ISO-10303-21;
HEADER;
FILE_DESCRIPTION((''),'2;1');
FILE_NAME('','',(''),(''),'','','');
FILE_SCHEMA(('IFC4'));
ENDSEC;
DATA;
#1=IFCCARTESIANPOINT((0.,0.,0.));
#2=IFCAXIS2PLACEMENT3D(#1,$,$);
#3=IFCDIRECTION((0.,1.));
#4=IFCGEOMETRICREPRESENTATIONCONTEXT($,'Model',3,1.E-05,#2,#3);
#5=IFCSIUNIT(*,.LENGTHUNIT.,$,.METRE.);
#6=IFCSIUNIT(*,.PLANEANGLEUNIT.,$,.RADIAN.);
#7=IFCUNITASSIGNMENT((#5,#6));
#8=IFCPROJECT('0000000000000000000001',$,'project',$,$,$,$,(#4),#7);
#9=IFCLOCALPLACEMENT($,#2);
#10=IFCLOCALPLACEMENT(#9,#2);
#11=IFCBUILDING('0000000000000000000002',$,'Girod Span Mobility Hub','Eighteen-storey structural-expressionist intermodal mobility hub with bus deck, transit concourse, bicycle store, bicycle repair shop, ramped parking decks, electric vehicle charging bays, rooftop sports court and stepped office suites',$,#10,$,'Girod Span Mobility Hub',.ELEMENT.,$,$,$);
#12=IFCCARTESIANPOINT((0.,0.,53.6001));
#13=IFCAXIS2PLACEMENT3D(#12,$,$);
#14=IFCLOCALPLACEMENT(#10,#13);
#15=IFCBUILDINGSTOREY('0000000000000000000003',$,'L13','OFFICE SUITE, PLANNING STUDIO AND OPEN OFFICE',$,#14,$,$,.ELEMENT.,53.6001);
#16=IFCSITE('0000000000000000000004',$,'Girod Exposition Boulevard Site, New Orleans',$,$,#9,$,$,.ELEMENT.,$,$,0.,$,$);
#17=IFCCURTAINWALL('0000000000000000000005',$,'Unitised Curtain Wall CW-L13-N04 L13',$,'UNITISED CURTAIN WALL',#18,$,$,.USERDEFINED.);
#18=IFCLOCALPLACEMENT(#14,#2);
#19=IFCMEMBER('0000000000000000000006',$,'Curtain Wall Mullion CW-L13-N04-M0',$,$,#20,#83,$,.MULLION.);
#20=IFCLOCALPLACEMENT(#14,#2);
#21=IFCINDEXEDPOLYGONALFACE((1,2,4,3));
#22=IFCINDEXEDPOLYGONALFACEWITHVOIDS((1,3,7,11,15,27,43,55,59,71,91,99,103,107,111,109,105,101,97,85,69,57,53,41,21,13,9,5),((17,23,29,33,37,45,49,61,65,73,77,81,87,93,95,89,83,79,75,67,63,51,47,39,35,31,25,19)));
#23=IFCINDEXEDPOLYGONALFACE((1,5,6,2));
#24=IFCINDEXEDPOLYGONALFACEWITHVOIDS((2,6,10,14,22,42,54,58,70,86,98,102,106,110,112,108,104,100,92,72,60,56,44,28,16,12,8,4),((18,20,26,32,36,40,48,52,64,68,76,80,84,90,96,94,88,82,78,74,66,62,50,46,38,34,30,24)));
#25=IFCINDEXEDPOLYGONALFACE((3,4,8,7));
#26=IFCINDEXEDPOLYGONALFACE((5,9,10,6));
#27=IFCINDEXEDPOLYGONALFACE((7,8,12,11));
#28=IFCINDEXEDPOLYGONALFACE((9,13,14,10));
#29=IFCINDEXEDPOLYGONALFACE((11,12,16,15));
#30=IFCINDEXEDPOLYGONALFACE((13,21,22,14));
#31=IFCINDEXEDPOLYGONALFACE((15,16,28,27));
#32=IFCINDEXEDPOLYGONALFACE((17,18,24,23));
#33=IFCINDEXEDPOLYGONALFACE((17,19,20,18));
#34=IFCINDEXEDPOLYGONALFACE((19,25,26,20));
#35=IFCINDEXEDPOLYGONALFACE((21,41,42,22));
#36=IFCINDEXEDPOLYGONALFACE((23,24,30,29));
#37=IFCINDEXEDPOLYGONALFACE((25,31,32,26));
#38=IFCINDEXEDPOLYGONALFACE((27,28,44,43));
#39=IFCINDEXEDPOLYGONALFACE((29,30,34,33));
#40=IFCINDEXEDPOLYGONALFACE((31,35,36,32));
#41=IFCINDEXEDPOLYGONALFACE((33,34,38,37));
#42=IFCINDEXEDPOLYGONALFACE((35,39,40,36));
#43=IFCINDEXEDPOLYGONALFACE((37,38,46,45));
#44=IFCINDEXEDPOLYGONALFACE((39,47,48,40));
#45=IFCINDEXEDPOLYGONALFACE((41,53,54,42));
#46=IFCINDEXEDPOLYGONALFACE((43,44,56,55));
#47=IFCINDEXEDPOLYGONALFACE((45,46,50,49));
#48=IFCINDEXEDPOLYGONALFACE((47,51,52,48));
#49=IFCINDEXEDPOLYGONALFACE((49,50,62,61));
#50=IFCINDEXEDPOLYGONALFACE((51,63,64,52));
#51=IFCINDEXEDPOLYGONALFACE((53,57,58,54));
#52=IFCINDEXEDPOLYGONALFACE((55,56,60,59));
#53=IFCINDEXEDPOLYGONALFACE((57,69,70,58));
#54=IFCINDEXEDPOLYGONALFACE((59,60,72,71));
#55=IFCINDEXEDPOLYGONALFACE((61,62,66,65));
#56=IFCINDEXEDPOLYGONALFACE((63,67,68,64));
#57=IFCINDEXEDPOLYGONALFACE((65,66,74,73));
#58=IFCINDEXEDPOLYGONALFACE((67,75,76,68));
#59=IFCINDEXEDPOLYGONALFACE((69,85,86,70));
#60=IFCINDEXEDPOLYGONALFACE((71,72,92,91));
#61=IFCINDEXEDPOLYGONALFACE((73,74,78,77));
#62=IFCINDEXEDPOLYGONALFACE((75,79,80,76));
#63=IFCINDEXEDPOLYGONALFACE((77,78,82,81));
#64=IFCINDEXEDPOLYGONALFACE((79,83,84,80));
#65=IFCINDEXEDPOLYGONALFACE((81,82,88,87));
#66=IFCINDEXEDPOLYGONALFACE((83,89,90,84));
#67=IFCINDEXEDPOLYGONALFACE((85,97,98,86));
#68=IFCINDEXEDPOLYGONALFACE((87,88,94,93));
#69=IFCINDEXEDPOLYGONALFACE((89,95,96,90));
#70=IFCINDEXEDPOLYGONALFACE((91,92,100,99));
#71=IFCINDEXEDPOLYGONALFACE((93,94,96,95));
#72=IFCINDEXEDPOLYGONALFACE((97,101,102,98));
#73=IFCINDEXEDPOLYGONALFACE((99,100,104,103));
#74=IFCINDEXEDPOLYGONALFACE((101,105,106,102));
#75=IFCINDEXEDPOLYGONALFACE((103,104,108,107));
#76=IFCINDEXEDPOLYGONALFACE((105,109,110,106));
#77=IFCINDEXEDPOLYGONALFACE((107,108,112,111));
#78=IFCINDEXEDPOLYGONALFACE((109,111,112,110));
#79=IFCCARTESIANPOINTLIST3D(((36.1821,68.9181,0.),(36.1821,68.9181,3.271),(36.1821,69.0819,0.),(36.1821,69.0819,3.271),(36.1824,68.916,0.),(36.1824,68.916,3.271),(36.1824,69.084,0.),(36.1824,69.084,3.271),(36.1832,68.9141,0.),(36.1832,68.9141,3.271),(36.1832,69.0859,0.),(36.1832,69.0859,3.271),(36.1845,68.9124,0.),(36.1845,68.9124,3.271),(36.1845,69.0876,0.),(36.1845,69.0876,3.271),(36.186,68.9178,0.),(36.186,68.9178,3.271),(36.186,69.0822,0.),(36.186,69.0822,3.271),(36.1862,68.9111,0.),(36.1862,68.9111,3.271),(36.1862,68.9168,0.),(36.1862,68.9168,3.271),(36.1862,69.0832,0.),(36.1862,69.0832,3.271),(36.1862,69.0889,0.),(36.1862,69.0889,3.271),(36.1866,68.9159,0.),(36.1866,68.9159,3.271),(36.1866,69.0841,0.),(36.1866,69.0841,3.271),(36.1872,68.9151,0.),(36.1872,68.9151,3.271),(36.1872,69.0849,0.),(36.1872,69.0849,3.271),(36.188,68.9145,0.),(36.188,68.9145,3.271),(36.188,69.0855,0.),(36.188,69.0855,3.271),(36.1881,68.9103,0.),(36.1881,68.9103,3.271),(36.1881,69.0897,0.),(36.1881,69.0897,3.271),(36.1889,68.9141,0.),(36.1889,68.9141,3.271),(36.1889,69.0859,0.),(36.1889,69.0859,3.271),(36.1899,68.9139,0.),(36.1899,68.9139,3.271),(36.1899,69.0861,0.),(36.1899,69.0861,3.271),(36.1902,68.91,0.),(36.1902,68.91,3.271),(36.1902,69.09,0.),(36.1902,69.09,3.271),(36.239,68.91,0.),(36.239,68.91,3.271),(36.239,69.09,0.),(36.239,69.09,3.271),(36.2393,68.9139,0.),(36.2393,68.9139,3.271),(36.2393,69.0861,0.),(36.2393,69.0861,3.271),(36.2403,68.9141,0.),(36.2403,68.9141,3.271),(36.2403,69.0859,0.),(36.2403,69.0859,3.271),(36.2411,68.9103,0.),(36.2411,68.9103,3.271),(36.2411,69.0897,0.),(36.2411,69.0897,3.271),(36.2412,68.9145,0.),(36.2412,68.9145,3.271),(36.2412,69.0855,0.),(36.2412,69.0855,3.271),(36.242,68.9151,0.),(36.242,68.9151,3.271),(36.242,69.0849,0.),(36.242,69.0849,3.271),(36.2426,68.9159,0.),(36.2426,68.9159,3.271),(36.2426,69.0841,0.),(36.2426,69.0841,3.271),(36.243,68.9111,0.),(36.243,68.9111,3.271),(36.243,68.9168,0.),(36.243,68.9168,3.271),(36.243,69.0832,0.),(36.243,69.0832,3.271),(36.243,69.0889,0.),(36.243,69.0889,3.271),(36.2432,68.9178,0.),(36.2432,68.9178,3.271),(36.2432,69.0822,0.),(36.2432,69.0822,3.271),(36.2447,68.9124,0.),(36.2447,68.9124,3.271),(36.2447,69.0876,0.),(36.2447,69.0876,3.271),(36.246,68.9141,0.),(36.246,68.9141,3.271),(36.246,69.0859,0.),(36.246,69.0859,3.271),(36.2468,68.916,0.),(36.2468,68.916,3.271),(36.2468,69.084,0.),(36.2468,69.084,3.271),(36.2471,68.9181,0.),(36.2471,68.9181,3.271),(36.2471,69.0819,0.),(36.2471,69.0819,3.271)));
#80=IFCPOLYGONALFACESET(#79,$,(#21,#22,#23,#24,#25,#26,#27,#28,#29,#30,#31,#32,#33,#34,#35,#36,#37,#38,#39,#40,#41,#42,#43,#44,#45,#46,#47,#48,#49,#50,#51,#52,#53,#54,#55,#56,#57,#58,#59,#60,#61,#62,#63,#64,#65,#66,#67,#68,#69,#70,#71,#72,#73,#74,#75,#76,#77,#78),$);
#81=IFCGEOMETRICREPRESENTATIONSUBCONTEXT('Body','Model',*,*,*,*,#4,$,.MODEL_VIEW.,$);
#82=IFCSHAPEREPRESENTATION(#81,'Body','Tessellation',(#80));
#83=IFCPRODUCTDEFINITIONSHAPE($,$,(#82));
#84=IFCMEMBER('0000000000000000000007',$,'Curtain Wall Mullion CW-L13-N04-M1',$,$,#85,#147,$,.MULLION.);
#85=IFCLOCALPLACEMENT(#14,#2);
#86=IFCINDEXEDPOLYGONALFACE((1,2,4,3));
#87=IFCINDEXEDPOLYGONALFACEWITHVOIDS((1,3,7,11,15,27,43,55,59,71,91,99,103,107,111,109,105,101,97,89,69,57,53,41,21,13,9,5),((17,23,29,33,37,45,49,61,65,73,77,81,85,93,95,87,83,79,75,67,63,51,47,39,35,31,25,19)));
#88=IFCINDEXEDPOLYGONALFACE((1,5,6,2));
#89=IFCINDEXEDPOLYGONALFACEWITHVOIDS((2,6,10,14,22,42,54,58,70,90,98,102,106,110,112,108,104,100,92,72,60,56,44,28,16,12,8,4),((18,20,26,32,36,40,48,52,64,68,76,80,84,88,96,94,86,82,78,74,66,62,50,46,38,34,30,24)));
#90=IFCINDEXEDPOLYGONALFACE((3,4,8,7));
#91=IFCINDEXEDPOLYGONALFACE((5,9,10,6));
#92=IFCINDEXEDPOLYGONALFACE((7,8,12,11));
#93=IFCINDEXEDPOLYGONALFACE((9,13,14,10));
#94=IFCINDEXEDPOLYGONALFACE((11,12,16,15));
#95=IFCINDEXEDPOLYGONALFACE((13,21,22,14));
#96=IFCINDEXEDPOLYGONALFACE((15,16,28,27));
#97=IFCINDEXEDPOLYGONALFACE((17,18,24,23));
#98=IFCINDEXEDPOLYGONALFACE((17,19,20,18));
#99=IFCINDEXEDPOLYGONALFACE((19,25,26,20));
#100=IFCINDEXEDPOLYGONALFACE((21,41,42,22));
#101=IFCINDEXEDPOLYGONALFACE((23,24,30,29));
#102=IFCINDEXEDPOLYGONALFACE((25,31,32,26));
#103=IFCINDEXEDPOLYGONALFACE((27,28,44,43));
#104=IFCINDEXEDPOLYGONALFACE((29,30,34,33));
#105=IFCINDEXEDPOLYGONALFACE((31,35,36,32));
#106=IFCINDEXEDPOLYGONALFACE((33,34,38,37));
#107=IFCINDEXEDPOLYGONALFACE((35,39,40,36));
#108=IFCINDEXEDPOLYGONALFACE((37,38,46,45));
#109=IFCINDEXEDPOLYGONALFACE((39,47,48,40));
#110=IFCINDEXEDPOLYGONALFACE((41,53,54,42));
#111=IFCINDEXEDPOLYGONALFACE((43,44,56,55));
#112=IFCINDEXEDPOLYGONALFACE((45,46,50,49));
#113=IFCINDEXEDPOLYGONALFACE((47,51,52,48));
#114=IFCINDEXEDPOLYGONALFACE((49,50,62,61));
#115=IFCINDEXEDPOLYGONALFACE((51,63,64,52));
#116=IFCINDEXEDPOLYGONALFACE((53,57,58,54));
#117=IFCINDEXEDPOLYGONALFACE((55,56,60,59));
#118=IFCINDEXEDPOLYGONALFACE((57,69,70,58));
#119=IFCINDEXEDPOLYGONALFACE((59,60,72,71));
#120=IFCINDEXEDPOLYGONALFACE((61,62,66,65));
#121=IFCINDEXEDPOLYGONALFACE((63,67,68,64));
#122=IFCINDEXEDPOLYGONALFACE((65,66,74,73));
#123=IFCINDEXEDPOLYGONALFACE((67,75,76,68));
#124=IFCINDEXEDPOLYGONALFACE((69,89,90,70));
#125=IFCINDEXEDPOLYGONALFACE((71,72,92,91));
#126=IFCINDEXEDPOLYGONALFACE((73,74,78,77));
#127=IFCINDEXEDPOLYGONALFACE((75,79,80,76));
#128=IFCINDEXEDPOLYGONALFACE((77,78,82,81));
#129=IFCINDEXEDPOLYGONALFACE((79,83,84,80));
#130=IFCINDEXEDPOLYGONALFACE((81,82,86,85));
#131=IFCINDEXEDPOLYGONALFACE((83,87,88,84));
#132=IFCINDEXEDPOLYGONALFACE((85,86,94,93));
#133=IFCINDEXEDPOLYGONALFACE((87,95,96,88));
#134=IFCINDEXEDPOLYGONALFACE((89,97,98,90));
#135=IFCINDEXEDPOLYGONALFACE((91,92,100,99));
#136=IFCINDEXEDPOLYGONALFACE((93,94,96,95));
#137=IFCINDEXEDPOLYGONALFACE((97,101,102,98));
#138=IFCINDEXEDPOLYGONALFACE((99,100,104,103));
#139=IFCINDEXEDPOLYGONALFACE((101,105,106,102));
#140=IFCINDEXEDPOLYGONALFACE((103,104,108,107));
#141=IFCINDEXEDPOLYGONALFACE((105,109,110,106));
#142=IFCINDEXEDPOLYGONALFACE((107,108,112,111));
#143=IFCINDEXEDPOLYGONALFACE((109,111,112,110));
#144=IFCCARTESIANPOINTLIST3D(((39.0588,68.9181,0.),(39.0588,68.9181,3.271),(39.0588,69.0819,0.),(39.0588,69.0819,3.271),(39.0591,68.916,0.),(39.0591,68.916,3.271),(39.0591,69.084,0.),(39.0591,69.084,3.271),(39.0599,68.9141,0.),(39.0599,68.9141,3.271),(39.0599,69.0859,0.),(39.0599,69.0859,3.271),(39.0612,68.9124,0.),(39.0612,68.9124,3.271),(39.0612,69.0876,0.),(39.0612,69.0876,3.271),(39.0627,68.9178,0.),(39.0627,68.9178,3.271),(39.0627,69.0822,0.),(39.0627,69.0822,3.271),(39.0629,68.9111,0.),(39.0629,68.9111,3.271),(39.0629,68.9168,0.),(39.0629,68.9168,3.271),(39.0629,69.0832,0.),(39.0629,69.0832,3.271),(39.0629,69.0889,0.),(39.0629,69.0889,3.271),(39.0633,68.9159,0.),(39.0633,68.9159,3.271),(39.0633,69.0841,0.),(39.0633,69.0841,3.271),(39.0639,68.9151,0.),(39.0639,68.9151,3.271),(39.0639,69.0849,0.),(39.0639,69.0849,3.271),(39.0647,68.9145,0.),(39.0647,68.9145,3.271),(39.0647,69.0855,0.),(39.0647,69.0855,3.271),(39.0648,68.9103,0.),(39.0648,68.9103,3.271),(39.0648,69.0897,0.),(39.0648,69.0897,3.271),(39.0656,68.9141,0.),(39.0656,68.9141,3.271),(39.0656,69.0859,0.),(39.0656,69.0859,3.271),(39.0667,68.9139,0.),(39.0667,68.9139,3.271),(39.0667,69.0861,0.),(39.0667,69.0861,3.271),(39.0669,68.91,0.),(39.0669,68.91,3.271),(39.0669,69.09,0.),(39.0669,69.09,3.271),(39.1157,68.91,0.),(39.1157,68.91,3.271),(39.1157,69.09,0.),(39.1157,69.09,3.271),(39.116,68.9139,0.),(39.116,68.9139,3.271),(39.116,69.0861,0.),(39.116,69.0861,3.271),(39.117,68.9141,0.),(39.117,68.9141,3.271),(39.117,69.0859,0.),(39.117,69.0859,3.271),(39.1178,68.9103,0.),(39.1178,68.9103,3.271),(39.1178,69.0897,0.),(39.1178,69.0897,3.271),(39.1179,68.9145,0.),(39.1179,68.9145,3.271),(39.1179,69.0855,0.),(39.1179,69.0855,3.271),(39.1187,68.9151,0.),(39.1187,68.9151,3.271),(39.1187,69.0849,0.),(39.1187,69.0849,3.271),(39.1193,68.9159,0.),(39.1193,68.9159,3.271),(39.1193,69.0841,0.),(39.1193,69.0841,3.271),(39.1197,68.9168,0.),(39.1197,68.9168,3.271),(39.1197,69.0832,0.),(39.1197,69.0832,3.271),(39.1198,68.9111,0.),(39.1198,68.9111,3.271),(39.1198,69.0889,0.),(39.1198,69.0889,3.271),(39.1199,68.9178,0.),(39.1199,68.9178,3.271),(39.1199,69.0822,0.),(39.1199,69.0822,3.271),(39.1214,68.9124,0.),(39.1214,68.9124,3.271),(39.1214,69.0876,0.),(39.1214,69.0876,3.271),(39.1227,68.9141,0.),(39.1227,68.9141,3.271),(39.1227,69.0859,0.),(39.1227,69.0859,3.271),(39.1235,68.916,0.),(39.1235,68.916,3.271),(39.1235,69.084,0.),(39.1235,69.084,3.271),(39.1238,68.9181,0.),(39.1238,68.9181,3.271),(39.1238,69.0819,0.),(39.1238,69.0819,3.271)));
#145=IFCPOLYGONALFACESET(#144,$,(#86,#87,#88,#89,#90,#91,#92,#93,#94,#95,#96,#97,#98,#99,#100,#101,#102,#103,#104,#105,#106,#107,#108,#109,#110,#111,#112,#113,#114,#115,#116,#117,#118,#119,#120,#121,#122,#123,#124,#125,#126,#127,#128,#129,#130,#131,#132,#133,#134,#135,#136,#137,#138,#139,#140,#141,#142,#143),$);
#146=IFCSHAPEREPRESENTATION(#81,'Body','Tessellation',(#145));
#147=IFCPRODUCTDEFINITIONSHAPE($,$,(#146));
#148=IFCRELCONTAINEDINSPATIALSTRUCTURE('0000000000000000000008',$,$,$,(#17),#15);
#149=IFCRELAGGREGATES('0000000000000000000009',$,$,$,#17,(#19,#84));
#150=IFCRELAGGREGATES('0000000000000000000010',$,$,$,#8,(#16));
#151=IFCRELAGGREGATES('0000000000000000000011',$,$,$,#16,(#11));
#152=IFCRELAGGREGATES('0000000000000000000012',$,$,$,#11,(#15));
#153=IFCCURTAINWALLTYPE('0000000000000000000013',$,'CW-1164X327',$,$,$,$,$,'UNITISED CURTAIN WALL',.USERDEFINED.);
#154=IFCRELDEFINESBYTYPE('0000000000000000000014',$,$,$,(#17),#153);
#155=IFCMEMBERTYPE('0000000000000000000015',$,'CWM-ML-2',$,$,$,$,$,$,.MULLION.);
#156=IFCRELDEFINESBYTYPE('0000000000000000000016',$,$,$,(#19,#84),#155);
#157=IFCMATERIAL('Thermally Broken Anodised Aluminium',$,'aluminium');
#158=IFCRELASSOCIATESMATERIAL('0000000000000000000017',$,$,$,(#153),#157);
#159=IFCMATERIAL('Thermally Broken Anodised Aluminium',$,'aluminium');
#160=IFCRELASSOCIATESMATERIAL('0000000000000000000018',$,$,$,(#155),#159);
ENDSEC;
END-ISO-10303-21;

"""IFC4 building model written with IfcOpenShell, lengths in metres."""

from ifc_helpers import new_model, si_unit, direction, frame, origin, origin_2d, place, context, subcontext, project, spatial, hollow_rectangle, extrude, material, material_profile, profile_set, type_object, element, aggregate, save


model = new_model("IFC4")

# Units and contexts
model_context = context("Model", 3, precision=1e-05, world=origin(), true_north=direction((0.0, 1.0)))
body_context = subcontext(model_context, "Body", "Model", "MODEL_VIEW")
ifc_project = project(units=[si_unit("LENGTHUNIT", "METRE"), si_unit("PLANEANGLEUNIT", "RADIAN")], contexts=[model_context])

# Site, building, storey
site_placement = place(None, origin())
site = spatial("IfcSite", under=ifc_project, at=site_placement, Name="Girod Exposition Boulevard Site, New Orleans", CompositionType="ELEMENT", RefElevation=0.0)
building_placement = place(site_placement, origin())
building = spatial("IfcBuilding", under=site, at=building_placement, Name="Girod Span Mobility Hub", Description="Eighteen-storey structural-expressionist intermodal mobility hub with bus deck, transit concourse, bicycle store, bicycle repair shop, ramped parking decks, electric vehicle charging bays, rooftop sports court and stepped office suites", LongName="Girod Span Mobility Hub", CompositionType="ELEMENT")
storey_placement = place(building_placement, frame((0.0, 0.0, 53.6001)))
storey = spatial("IfcBuildingStorey", under=building, at=storey_placement, Name="L13", Description="OFFICE SUITE, PLANNING STUDIO AND OPEN OFFICE", CompositionType="ELEMENT", Elevation=53.6001)

# Curtain wall, members
ifc_material_1 = material(Name="Thermally Broken Anodised Aluminium", Category="aluminium")
curtain_wall_type = type_object("IfcCurtainWallType", Name="CW-1164X327", ElementType="UNITISED CURTAIN WALL", PredefinedType="USERDEFINED", material=ifc_material_1)
curtain_wall_placement = place(storey_placement, origin())
curtain_wall = element("IfcCurtainWall", 1, at=curtain_wall_placement, inside=storey, type_object=curtain_wall_type, Name="Unitised Curtain Wall CW-L13-N04 L13", ObjectType="UNITISED CURTAIN WALL", PredefinedType="USERDEFINED")
ifc_material_2 = material(Name="Thermally Broken Anodised Aluminium", Category="aluminium")
ifc_material_profile_1 = material_profile(ifc_material_2, hollow_rectangle(XDim=0.1799, YDim=0.0649, WallThickness=0.0039, InnerFilletRadius=0.0039, OuterFilletRadius=0.0081, at=origin_2d()), Name="CW-ML-65X180")
ifc_profile_set_1 = profile_set([ifc_material_profile_1], Name="Thermally Broken Anodised Aluminium")
member_type_1 = type_object("IfcMemberType", Name="CWM-ML-2", PredefinedType="MULLION", material=ifc_profile_set_1)
member_1_placement = place(storey_placement, frame((36.2146, 69.0, 0.0), z_axis=(0.0, 0.0, 1.0), x_axis=(0.0, 1.0, 0.0)))
member_1 = element("IfcMember", 2, at=member_1_placement, type_object=member_type_1, Name="Curtain Wall Mullion CW-L13-N04-M0", PredefinedType="MULLION", context=body_context, shape_type="SweptSolid", body=[
    extrude(hollow_rectangle(XDim=0.1799, YDim=0.0649, WallThickness=0.0039, InnerFilletRadius=0.0039, OuterFilletRadius=0.0081, at=origin_2d()), origin(), (0.0, 0.0, 1.0), 3.271),
])
member_2_placement = place(storey_placement, frame((39.0913, 69.0, 0.0), z_axis=(0.0, 0.0, 1.0), x_axis=(0.0, 1.0, 0.0)))
member_2 = element("IfcMember", 3, at=member_2_placement, type_object=member_type_1, Name="Curtain Wall Mullion CW-L13-N04-M1", PredefinedType="MULLION", context=body_context, shape_type="SweptSolid", body=[
    extrude(hollow_rectangle(XDim=0.1799, YDim=0.0649, WallThickness=0.0039, InnerFilletRadius=0.0039, OuterFilletRadius=0.0081, at=origin_2d()), origin(), (0.0, 0.0, 1.0), 3.271),
])
aggregate(curtain_wall, [member_1, member_2])

save(model, "model.ifc")
